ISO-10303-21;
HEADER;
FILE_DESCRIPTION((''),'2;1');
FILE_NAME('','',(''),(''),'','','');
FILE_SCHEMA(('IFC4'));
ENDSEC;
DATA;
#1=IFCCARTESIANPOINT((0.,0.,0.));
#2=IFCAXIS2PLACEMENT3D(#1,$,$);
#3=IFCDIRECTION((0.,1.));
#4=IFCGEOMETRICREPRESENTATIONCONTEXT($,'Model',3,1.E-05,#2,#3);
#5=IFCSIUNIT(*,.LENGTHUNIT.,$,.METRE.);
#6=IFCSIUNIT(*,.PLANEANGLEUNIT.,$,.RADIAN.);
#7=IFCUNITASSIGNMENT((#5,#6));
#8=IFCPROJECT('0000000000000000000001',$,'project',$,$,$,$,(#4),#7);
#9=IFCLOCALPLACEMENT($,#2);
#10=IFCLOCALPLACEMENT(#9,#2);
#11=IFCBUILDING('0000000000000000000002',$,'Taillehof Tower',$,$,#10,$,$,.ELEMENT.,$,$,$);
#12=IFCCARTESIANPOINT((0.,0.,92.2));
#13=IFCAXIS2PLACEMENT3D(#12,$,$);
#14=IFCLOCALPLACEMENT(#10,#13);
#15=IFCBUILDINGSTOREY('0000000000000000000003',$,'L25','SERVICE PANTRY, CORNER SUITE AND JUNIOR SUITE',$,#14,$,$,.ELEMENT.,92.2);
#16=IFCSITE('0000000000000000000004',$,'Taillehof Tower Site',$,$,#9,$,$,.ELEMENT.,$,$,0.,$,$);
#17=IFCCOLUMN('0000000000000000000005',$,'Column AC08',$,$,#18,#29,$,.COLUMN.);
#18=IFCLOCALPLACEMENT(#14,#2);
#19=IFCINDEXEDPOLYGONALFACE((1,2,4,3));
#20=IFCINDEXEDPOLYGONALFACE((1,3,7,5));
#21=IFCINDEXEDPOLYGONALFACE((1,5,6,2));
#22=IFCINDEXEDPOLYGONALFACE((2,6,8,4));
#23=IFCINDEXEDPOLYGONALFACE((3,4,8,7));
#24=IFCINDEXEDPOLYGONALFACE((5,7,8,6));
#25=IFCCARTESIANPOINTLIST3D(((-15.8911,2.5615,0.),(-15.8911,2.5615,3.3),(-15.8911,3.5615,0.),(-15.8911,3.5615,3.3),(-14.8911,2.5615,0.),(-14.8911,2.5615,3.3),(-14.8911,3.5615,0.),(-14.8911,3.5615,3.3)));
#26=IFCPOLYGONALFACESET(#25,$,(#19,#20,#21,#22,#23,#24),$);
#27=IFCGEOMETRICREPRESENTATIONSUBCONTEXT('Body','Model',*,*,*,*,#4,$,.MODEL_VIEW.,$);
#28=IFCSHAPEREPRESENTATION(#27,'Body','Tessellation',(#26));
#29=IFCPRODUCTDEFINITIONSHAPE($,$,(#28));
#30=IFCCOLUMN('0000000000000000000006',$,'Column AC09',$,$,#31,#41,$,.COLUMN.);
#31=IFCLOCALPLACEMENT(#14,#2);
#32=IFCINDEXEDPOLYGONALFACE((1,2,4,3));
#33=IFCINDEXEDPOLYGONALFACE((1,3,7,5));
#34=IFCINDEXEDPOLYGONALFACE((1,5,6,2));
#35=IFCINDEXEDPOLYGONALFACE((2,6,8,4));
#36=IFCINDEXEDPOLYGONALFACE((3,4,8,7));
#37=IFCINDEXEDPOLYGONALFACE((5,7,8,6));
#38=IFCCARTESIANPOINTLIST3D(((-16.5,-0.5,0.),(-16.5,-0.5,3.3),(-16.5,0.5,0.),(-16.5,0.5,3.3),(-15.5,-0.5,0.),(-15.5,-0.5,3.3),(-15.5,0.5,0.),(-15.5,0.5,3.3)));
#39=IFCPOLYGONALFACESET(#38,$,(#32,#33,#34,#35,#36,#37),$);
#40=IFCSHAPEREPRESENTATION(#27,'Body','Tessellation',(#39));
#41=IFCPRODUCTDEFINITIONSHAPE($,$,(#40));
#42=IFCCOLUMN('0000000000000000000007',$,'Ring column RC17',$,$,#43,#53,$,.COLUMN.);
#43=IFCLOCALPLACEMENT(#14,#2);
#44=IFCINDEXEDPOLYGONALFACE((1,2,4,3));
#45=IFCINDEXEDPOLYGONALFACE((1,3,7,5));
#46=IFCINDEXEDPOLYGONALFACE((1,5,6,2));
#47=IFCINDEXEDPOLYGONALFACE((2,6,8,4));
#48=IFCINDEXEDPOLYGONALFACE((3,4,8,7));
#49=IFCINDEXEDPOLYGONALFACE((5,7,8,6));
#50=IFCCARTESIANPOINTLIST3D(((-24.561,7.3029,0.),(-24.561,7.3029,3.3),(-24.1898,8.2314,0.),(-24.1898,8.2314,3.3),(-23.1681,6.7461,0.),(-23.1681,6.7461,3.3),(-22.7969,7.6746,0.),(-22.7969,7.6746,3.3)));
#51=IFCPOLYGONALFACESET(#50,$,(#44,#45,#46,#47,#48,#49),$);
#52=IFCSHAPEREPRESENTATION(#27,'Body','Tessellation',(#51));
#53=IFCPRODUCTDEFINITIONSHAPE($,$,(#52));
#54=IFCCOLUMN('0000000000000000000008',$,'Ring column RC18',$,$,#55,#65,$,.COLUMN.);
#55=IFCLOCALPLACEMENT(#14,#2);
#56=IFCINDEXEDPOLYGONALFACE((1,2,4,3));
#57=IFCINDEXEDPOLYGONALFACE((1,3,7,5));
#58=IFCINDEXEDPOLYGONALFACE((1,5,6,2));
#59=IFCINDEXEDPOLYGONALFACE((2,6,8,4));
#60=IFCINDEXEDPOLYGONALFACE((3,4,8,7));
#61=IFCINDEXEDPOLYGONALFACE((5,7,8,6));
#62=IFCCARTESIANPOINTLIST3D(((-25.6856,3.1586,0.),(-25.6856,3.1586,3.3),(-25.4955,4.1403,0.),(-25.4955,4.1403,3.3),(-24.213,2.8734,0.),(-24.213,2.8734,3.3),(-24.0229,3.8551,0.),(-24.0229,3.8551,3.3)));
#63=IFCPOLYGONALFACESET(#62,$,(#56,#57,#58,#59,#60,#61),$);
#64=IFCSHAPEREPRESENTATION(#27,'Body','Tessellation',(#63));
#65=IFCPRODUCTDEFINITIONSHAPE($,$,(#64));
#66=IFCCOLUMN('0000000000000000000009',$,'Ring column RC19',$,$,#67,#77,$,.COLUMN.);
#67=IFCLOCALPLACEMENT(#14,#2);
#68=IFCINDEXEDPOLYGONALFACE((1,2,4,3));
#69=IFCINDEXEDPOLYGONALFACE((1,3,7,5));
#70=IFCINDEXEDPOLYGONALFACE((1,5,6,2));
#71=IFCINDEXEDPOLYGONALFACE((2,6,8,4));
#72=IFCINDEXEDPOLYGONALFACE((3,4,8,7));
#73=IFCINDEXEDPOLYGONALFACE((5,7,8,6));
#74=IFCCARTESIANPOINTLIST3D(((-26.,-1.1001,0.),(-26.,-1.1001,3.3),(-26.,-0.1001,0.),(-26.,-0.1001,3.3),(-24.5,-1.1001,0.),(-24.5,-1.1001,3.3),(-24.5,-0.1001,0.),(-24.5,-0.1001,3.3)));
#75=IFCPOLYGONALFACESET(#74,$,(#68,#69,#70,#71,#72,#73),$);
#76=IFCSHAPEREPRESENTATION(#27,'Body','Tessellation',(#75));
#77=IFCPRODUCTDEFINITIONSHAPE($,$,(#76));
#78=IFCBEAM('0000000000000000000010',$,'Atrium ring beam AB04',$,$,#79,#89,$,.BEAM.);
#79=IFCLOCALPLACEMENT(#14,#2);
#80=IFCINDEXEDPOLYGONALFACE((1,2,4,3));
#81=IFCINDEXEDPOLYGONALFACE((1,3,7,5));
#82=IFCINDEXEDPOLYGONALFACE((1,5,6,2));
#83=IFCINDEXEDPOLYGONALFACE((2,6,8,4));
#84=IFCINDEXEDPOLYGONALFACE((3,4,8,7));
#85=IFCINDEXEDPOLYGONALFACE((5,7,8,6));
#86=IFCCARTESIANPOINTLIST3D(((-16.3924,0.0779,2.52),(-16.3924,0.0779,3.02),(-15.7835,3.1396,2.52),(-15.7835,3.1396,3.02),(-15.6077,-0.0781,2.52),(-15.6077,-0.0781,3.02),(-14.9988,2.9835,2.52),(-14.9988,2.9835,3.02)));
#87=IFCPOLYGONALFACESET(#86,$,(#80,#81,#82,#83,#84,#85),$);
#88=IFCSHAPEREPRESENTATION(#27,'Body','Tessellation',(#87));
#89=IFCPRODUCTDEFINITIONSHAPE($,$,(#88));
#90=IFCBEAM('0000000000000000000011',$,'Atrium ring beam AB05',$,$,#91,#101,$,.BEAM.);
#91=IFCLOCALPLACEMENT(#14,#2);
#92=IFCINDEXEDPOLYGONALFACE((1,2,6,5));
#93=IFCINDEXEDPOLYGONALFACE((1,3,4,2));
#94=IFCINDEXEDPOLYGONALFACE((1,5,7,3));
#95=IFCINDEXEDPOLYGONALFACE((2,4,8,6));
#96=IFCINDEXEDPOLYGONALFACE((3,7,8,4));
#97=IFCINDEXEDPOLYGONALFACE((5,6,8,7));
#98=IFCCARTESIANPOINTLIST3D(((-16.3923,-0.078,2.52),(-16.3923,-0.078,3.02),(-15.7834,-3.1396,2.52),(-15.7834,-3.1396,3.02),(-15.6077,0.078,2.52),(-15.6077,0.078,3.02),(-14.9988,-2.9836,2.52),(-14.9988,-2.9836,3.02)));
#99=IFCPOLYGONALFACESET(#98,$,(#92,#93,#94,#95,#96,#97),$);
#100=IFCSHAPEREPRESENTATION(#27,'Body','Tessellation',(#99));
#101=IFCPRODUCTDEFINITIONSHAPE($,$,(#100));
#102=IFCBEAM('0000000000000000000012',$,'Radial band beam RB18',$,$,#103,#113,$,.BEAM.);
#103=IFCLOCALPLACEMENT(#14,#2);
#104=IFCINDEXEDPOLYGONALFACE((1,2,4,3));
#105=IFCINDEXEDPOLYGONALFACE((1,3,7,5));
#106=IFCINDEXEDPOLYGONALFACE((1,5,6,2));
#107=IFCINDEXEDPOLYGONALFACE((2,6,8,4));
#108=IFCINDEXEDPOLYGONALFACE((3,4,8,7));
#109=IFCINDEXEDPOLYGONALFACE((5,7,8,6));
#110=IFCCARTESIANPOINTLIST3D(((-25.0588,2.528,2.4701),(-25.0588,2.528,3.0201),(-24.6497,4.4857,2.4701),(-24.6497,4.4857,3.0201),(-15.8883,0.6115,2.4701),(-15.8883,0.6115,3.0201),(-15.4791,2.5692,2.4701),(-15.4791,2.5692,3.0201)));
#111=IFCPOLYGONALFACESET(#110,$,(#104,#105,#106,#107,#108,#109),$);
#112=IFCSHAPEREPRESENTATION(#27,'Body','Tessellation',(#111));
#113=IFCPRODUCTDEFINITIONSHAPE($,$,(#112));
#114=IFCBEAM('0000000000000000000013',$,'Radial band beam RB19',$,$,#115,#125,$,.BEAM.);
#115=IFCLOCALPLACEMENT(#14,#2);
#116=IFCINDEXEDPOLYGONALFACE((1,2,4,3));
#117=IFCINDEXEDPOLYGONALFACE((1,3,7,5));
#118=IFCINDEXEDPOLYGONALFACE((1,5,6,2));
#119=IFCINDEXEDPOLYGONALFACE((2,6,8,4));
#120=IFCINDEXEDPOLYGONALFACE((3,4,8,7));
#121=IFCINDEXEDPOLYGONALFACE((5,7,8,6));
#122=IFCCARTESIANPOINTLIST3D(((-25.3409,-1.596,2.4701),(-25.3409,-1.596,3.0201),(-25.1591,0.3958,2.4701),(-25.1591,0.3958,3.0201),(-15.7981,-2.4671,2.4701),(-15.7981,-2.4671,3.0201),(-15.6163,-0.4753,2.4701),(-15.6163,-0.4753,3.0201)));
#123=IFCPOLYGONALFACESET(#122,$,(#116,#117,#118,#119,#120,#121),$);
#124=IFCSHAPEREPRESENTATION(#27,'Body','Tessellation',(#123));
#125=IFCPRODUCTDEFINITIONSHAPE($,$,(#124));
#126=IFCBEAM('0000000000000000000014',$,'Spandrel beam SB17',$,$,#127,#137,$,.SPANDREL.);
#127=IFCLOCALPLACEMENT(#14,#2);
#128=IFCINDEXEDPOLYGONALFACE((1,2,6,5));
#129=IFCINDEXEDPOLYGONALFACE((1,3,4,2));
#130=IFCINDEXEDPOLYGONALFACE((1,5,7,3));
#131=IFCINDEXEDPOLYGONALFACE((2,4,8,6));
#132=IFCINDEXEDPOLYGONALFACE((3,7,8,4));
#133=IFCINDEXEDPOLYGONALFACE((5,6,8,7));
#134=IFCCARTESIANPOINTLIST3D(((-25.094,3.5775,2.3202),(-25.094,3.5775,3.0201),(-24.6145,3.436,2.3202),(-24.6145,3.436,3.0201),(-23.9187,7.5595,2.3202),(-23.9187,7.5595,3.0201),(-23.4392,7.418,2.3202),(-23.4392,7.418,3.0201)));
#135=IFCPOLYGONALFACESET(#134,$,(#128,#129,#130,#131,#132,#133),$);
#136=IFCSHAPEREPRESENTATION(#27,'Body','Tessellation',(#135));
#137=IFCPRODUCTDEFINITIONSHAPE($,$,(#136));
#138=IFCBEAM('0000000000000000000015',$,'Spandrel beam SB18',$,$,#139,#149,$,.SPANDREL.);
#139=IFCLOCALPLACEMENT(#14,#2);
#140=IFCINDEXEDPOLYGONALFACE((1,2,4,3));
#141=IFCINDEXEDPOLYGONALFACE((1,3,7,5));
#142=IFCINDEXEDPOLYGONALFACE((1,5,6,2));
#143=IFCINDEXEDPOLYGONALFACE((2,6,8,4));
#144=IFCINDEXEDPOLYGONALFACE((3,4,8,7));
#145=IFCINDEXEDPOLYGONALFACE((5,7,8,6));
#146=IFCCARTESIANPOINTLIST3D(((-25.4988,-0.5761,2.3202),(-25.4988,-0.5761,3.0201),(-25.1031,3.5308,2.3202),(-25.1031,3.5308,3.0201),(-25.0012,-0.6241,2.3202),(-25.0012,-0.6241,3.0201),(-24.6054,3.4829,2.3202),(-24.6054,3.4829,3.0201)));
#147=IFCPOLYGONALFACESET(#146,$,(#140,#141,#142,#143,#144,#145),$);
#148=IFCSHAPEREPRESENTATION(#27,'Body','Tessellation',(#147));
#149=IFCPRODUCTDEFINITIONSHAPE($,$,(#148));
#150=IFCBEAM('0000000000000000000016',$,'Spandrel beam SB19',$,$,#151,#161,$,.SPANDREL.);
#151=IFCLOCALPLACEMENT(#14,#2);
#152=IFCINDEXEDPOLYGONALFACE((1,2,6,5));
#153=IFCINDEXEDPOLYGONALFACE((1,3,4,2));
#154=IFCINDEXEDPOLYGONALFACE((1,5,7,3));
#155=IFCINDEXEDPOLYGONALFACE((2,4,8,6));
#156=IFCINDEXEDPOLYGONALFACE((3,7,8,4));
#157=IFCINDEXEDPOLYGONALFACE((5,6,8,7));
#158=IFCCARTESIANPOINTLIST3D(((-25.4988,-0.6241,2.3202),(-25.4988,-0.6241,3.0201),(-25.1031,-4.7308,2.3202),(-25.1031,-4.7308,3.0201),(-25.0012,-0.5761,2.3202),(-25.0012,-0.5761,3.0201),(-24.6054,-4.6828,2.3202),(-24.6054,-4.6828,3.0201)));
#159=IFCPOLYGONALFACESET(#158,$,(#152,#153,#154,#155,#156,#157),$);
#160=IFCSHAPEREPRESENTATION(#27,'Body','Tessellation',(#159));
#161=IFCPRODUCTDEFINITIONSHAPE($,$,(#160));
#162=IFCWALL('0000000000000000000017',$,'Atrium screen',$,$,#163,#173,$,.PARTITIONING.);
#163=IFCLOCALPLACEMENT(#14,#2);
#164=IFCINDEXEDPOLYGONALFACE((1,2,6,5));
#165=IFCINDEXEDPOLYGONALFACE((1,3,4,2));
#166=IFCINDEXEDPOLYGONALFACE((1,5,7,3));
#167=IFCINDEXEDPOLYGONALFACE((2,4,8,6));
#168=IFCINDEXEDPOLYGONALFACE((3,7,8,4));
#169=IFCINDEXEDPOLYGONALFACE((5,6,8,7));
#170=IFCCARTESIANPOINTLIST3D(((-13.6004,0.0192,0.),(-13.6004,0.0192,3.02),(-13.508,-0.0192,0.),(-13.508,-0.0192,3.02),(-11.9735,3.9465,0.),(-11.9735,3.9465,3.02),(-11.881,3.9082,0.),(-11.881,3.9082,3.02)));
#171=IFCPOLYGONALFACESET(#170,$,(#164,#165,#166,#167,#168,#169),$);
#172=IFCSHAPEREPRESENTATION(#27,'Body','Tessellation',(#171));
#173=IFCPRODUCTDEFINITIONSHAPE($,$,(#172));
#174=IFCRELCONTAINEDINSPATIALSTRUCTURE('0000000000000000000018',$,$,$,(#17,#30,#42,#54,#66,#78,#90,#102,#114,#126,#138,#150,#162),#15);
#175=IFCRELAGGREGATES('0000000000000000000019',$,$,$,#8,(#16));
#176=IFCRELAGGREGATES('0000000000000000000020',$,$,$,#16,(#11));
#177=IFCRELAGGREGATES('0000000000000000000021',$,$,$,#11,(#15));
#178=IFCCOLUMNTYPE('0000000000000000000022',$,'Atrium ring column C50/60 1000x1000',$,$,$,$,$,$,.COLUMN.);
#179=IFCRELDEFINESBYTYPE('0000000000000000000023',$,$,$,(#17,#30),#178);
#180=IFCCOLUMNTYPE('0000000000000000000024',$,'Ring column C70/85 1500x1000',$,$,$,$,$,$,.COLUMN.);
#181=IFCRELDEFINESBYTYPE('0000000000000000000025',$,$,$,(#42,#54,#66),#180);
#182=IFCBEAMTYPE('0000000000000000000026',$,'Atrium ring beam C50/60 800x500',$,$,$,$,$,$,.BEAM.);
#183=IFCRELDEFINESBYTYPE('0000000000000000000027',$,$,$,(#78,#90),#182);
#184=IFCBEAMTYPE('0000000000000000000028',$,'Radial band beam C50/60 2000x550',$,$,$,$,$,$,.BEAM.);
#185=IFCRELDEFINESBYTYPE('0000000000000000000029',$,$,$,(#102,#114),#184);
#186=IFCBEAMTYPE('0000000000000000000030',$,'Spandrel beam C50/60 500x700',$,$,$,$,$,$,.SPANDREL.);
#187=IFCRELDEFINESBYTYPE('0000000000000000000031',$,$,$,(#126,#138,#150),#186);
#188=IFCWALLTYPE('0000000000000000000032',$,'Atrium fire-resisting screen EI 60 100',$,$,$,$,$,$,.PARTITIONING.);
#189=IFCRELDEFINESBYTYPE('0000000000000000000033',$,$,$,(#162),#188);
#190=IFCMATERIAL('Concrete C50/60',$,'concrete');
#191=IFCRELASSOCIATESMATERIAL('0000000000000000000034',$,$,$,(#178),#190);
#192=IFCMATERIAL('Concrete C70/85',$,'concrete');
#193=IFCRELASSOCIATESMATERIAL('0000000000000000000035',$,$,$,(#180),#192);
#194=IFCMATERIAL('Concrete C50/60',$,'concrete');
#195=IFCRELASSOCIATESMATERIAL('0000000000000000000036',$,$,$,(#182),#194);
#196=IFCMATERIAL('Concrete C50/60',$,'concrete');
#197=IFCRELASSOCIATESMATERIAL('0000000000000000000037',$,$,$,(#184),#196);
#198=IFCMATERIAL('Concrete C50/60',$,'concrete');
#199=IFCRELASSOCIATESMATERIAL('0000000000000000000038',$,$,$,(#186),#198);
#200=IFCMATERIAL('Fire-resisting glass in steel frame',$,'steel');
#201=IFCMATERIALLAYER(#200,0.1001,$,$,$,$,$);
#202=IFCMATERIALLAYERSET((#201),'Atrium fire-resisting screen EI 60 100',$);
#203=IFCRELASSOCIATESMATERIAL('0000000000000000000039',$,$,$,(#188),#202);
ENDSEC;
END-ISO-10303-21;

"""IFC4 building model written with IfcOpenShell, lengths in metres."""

from ifc_helpers import new_model, si_unit, direction, frame, frame_2d, origin, origin_2d, place, context, subcontext, project, spatial, rectangle, extrude, material, layer, layer_set, material_profile, profile_set, type_object, element, save


model = new_model("IFC4")

# Units and contexts
model_context = context("Model", 3, precision=1e-05, world=origin(), true_north=direction((0.0, 1.0)))
body_context = subcontext(model_context, "Body", "Model", "MODEL_VIEW")
ifc_project = project(units=[si_unit("LENGTHUNIT", "METRE"), si_unit("PLANEANGLEUNIT", "RADIAN")], contexts=[model_context])

# Site, building, storey
site_placement = place(None, origin())
site = spatial("IfcSite", under=ifc_project, at=site_placement, Name="Taillehof Tower Site", CompositionType="ELEMENT", RefElevation=0.0)
building_placement = place(site_placement, origin())
building = spatial("IfcBuilding", under=site, at=building_placement, Name="Taillehof Tower", CompositionType="ELEMENT")
storey_placement = place(building_placement, frame((0.0, 0.0, 92.2)))
storey = spatial("IfcBuildingStorey", under=building, at=storey_placement, Name="L25", Description="SERVICE PANTRY, CORNER SUITE AND JUNIOR SUITE", CompositionType="ELEMENT", Elevation=92.2)

# Columns
ifc_material_1 = material(Name="Concrete C50/60", Category="concrete")
ifc_material_profile_1 = material_profile(ifc_material_1, rectangle(XDim=1.0, YDim=1.0, at=origin_2d()), Name="RC 1000x1000")
ifc_profile_set_1 = profile_set([ifc_material_profile_1], Name="Concrete C50/60")
column_type_1 = type_object("IfcColumnType", Name="Atrium ring column C50/60 1000x1000", PredefinedType="COLUMN", material=ifc_profile_set_1)
for number, where, z_axis, x_axis, name in (
    (1, (-15.3911, 3.0615, 0.0), (0.0, 0.0, 1.0), (1.0, 0.0, 0.0), "Column AC08"),
    (2, (-16.0, 0.0, 0.0), (0.0, 0.0, 1.0), (1.0, 0.0, 0.0), "Column AC09"),
):
    element("IfcColumn", number, at=place(storey_placement, frame(where, z_axis=z_axis, x_axis=x_axis)), inside=storey, type_object=column_type_1, Name=name, PredefinedType="COLUMN", context=body_context, shape_type="SweptSolid", body=[
        extrude(rectangle(XDim=1.0, YDim=1.0, at=origin_2d()), origin(), (0.0, 0.0, 1.0), 3.3),
    ])
ifc_material_2 = material(Name="Concrete C70/85", Category="concrete")
ifc_material_profile_2 = material_profile(ifc_material_2, rectangle(XDim=1.5, YDim=1.0, at=origin_2d()), Name="RC 1500x1000")
ifc_profile_set_2 = profile_set([ifc_material_profile_2], Name="Concrete C70/85")
column_type_2 = type_object("IfcColumnType", Name="Ring column C70/85 1500x1000", PredefinedType="COLUMN", material=ifc_profile_set_2)
for number, where, z_axis, x_axis, name in (
    (3, (-23.679, 7.4888, 0.0), (0.0, 0.0, 1.0), (-0.92855, 0.371207, 0.0), "Ring column RC17"),
    (4, (-24.8542, 3.5068, 0.0), (0.0, 0.0, 1.0), (-0.981757, 0.190138, 0.0), "Ring column RC18"),
    (5, (-25.25, -0.6001, 0.0), (0.0, 0.0, 1.0), (-1.0, 0.0, 0.0), "Ring column RC19"),
):
    element("IfcColumn", number, at=place(storey_placement, frame(where, z_axis=z_axis, x_axis=x_axis)), inside=storey, type_object=column_type_2, Name=name, PredefinedType="COLUMN", context=body_context, shape_type="SweptSolid", body=[
        extrude(rectangle(XDim=1.5, YDim=1.0, at=origin_2d()), origin(), (0.0, 0.0, 1.0), 3.3),
    ])

# Beams
ifc_material_3 = material(Name="Concrete C50/60", Category="concrete")
ifc_material_profile_3 = material_profile(ifc_material_3, rectangle(XDim=0.8, YDim=0.5, at=origin_2d()), Name="RC 800x500")
ifc_profile_set_3 = profile_set([ifc_material_profile_3], Name="Concrete C50/60")
beam_type_1 = type_object("IfcBeamType", Name="Atrium ring beam C50/60 800x500", PredefinedType="BEAM", material=ifc_profile_set_3)
for number, where, z_axis, x_axis, name in (
    (6, (-15.3911, 3.0615, 2.77), (-0.195063, -0.980791, 0.0), (0.980791, -0.195063, 0.0), "Atrium ring beam AB04"),
    (7, (-16.0, 0.0, 2.77), (0.195063, -0.980791, 0.0), (0.980791, 0.195063, 0.0), "Atrium ring beam AB05"),
):
    element("IfcBeam", number, at=place(storey_placement, frame(where, z_axis=z_axis, x_axis=x_axis)), inside=storey, type_object=beam_type_1, Name=name, PredefinedType="BEAM", context=body_context, shape_type="SweptSolid", body=[
        extrude(rectangle(XDim=0.8, YDim=0.5, at=origin_2d()), origin(), (0.0, 0.0, 1.0), 3.1216),
    ])
ifc_material_4 = material(Name="Concrete C50/60", Category="concrete")
ifc_material_profile_4 = material_profile(ifc_material_4, rectangle(XDim=2.0, YDim=0.55, at=origin_2d()), Name="RC 2000x550")
ifc_profile_set_4 = profile_set([ifc_material_profile_4], Name="Concrete C50/60")
beam_type_2 = type_object("IfcBeamType", Name="Radial band beam C50/60 2000x550", PredefinedType="BEAM", material=ifc_profile_set_4)
beam_1_placement = place(storey_placement, frame((-24.8542, 3.5068, 2.7451), z_axis=(0.978853, -0.204563, 0.0), x_axis=(0.204563, 0.978853, 0.0)))
element("IfcBeam", 8, at=beam_1_placement, inside=storey, type_object=beam_type_2, Name="Radial band beam RB18", PredefinedType="BEAM", context=body_context, shape_type="SweptSolid", body=[
    extrude(rectangle(XDim=2.0, YDim=0.55, at=origin_2d()), origin(), (0.0, 0.0, 1.0), 9.3687),
])
beam_2_placement = place(storey_placement, frame((-25.25, -0.6001, 2.7451), z_axis=(0.99586, -0.090906, 0.0), x_axis=(0.090906, 0.99586, 0.0)))
element("IfcBeam", 9, at=beam_2_placement, inside=storey, type_object=beam_type_2, Name="Radial band beam RB19", PredefinedType="BEAM", context=body_context, shape_type="SweptSolid", body=[
    extrude(rectangle(XDim=2.0, YDim=0.55, at=origin_2d()), origin(), (0.0, 0.0, 1.0), 9.5825),
])
ifc_material_5 = material(Name="Concrete C50/60", Category="concrete")
ifc_material_profile_5 = material_profile(ifc_material_5, rectangle(XDim=0.5, YDim=0.7, at=origin_2d()), Name="RC 500x700")
ifc_profile_set_5 = profile_set([ifc_material_profile_5], Name="Concrete C50/60")
beam_type_3 = type_object("IfcBeamType", Name="Spandrel beam C50/60 500x700", PredefinedType="SPANDREL", material=ifc_profile_set_5)
beam_3_placement = place(storey_placement, frame((-23.679, 7.4888, 2.6702), z_axis=(-0.283083, -0.959095, 0.0), x_axis=(0.959095, -0.283083, 0.0)))
element("IfcBeam", 10, at=beam_3_placement, inside=storey, type_object=beam_type_3, Name="Spandrel beam SB17", PredefinedType="SPANDREL", context=body_context, shape_type="SweptSolid", body=[
    extrude(rectangle(XDim=0.5, YDim=0.7, at=origin_2d()), origin(), (0.0, 0.0, 1.0), 4.1519),
])
beam_4_placement = place(storey_placement, frame((-24.8542, 3.5068, 2.6702), z_axis=(-0.095918, -0.995389, 0.0), x_axis=(0.995389, -0.095918, 0.0)))
element("IfcBeam", 11, at=beam_4_placement, inside=storey, type_object=beam_type_3, Name="Spandrel beam SB18", PredefinedType="SPANDREL", context=body_context, shape_type="SweptSolid", body=[
    extrude(rectangle(XDim=0.5, YDim=0.7, at=origin_2d()), origin(), (0.0, 0.0, 1.0), 4.126),
])
beam_5_placement = place(storey_placement, frame((-25.25, -0.6001, 2.6702), z_axis=(0.095923, -0.995389, 0.0), x_axis=(0.995389, 0.095923, 0.0)))
element("IfcBeam", 12, at=beam_5_placement, inside=storey, type_object=beam_type_3, Name="Spandrel beam SB19", PredefinedType="SPANDREL", context=body_context, shape_type="SweptSolid", body=[
    extrude(rectangle(XDim=0.5, YDim=0.7, at=origin_2d()), origin(), (0.0, 0.0, 1.0), 4.1257),
])

# Wall
ifc_material_6 = material(Name="Fire-resisting glass in steel frame", Category="steel")
ifc_layer_1 = layer(ifc_material_6, 0.1001)
ifc_layer_set_1 = layer_set([ifc_layer_1], Name="Atrium fire-resisting screen EI 60 100")
wall_type_1 = type_object("IfcWallType", Name="Atrium fire-resisting screen EI 60 100", PredefinedType="PARTITIONING", material=ifc_layer_set_1)
wall_1_placement = place(storey_placement, frame((-13.5542, 0.0, 0.0), z_axis=(0.0, 0.0, 1.0), x_axis=(0.382731, 0.92386, 0.0)))
element("IfcWall", 13, at=wall_1_placement, inside=storey, type_object=wall_type_1, Name="Atrium screen", PredefinedType="PARTITIONING", context=body_context, shape_type="SweptSolid", body=[
    extrude(rectangle(XDim=4.251, YDim=0.1001, at=frame_2d((2.1255, 0.0))), origin(), (0.0, 0.0, 1.0), 3.02),
])

save(model, "model.ifc")
